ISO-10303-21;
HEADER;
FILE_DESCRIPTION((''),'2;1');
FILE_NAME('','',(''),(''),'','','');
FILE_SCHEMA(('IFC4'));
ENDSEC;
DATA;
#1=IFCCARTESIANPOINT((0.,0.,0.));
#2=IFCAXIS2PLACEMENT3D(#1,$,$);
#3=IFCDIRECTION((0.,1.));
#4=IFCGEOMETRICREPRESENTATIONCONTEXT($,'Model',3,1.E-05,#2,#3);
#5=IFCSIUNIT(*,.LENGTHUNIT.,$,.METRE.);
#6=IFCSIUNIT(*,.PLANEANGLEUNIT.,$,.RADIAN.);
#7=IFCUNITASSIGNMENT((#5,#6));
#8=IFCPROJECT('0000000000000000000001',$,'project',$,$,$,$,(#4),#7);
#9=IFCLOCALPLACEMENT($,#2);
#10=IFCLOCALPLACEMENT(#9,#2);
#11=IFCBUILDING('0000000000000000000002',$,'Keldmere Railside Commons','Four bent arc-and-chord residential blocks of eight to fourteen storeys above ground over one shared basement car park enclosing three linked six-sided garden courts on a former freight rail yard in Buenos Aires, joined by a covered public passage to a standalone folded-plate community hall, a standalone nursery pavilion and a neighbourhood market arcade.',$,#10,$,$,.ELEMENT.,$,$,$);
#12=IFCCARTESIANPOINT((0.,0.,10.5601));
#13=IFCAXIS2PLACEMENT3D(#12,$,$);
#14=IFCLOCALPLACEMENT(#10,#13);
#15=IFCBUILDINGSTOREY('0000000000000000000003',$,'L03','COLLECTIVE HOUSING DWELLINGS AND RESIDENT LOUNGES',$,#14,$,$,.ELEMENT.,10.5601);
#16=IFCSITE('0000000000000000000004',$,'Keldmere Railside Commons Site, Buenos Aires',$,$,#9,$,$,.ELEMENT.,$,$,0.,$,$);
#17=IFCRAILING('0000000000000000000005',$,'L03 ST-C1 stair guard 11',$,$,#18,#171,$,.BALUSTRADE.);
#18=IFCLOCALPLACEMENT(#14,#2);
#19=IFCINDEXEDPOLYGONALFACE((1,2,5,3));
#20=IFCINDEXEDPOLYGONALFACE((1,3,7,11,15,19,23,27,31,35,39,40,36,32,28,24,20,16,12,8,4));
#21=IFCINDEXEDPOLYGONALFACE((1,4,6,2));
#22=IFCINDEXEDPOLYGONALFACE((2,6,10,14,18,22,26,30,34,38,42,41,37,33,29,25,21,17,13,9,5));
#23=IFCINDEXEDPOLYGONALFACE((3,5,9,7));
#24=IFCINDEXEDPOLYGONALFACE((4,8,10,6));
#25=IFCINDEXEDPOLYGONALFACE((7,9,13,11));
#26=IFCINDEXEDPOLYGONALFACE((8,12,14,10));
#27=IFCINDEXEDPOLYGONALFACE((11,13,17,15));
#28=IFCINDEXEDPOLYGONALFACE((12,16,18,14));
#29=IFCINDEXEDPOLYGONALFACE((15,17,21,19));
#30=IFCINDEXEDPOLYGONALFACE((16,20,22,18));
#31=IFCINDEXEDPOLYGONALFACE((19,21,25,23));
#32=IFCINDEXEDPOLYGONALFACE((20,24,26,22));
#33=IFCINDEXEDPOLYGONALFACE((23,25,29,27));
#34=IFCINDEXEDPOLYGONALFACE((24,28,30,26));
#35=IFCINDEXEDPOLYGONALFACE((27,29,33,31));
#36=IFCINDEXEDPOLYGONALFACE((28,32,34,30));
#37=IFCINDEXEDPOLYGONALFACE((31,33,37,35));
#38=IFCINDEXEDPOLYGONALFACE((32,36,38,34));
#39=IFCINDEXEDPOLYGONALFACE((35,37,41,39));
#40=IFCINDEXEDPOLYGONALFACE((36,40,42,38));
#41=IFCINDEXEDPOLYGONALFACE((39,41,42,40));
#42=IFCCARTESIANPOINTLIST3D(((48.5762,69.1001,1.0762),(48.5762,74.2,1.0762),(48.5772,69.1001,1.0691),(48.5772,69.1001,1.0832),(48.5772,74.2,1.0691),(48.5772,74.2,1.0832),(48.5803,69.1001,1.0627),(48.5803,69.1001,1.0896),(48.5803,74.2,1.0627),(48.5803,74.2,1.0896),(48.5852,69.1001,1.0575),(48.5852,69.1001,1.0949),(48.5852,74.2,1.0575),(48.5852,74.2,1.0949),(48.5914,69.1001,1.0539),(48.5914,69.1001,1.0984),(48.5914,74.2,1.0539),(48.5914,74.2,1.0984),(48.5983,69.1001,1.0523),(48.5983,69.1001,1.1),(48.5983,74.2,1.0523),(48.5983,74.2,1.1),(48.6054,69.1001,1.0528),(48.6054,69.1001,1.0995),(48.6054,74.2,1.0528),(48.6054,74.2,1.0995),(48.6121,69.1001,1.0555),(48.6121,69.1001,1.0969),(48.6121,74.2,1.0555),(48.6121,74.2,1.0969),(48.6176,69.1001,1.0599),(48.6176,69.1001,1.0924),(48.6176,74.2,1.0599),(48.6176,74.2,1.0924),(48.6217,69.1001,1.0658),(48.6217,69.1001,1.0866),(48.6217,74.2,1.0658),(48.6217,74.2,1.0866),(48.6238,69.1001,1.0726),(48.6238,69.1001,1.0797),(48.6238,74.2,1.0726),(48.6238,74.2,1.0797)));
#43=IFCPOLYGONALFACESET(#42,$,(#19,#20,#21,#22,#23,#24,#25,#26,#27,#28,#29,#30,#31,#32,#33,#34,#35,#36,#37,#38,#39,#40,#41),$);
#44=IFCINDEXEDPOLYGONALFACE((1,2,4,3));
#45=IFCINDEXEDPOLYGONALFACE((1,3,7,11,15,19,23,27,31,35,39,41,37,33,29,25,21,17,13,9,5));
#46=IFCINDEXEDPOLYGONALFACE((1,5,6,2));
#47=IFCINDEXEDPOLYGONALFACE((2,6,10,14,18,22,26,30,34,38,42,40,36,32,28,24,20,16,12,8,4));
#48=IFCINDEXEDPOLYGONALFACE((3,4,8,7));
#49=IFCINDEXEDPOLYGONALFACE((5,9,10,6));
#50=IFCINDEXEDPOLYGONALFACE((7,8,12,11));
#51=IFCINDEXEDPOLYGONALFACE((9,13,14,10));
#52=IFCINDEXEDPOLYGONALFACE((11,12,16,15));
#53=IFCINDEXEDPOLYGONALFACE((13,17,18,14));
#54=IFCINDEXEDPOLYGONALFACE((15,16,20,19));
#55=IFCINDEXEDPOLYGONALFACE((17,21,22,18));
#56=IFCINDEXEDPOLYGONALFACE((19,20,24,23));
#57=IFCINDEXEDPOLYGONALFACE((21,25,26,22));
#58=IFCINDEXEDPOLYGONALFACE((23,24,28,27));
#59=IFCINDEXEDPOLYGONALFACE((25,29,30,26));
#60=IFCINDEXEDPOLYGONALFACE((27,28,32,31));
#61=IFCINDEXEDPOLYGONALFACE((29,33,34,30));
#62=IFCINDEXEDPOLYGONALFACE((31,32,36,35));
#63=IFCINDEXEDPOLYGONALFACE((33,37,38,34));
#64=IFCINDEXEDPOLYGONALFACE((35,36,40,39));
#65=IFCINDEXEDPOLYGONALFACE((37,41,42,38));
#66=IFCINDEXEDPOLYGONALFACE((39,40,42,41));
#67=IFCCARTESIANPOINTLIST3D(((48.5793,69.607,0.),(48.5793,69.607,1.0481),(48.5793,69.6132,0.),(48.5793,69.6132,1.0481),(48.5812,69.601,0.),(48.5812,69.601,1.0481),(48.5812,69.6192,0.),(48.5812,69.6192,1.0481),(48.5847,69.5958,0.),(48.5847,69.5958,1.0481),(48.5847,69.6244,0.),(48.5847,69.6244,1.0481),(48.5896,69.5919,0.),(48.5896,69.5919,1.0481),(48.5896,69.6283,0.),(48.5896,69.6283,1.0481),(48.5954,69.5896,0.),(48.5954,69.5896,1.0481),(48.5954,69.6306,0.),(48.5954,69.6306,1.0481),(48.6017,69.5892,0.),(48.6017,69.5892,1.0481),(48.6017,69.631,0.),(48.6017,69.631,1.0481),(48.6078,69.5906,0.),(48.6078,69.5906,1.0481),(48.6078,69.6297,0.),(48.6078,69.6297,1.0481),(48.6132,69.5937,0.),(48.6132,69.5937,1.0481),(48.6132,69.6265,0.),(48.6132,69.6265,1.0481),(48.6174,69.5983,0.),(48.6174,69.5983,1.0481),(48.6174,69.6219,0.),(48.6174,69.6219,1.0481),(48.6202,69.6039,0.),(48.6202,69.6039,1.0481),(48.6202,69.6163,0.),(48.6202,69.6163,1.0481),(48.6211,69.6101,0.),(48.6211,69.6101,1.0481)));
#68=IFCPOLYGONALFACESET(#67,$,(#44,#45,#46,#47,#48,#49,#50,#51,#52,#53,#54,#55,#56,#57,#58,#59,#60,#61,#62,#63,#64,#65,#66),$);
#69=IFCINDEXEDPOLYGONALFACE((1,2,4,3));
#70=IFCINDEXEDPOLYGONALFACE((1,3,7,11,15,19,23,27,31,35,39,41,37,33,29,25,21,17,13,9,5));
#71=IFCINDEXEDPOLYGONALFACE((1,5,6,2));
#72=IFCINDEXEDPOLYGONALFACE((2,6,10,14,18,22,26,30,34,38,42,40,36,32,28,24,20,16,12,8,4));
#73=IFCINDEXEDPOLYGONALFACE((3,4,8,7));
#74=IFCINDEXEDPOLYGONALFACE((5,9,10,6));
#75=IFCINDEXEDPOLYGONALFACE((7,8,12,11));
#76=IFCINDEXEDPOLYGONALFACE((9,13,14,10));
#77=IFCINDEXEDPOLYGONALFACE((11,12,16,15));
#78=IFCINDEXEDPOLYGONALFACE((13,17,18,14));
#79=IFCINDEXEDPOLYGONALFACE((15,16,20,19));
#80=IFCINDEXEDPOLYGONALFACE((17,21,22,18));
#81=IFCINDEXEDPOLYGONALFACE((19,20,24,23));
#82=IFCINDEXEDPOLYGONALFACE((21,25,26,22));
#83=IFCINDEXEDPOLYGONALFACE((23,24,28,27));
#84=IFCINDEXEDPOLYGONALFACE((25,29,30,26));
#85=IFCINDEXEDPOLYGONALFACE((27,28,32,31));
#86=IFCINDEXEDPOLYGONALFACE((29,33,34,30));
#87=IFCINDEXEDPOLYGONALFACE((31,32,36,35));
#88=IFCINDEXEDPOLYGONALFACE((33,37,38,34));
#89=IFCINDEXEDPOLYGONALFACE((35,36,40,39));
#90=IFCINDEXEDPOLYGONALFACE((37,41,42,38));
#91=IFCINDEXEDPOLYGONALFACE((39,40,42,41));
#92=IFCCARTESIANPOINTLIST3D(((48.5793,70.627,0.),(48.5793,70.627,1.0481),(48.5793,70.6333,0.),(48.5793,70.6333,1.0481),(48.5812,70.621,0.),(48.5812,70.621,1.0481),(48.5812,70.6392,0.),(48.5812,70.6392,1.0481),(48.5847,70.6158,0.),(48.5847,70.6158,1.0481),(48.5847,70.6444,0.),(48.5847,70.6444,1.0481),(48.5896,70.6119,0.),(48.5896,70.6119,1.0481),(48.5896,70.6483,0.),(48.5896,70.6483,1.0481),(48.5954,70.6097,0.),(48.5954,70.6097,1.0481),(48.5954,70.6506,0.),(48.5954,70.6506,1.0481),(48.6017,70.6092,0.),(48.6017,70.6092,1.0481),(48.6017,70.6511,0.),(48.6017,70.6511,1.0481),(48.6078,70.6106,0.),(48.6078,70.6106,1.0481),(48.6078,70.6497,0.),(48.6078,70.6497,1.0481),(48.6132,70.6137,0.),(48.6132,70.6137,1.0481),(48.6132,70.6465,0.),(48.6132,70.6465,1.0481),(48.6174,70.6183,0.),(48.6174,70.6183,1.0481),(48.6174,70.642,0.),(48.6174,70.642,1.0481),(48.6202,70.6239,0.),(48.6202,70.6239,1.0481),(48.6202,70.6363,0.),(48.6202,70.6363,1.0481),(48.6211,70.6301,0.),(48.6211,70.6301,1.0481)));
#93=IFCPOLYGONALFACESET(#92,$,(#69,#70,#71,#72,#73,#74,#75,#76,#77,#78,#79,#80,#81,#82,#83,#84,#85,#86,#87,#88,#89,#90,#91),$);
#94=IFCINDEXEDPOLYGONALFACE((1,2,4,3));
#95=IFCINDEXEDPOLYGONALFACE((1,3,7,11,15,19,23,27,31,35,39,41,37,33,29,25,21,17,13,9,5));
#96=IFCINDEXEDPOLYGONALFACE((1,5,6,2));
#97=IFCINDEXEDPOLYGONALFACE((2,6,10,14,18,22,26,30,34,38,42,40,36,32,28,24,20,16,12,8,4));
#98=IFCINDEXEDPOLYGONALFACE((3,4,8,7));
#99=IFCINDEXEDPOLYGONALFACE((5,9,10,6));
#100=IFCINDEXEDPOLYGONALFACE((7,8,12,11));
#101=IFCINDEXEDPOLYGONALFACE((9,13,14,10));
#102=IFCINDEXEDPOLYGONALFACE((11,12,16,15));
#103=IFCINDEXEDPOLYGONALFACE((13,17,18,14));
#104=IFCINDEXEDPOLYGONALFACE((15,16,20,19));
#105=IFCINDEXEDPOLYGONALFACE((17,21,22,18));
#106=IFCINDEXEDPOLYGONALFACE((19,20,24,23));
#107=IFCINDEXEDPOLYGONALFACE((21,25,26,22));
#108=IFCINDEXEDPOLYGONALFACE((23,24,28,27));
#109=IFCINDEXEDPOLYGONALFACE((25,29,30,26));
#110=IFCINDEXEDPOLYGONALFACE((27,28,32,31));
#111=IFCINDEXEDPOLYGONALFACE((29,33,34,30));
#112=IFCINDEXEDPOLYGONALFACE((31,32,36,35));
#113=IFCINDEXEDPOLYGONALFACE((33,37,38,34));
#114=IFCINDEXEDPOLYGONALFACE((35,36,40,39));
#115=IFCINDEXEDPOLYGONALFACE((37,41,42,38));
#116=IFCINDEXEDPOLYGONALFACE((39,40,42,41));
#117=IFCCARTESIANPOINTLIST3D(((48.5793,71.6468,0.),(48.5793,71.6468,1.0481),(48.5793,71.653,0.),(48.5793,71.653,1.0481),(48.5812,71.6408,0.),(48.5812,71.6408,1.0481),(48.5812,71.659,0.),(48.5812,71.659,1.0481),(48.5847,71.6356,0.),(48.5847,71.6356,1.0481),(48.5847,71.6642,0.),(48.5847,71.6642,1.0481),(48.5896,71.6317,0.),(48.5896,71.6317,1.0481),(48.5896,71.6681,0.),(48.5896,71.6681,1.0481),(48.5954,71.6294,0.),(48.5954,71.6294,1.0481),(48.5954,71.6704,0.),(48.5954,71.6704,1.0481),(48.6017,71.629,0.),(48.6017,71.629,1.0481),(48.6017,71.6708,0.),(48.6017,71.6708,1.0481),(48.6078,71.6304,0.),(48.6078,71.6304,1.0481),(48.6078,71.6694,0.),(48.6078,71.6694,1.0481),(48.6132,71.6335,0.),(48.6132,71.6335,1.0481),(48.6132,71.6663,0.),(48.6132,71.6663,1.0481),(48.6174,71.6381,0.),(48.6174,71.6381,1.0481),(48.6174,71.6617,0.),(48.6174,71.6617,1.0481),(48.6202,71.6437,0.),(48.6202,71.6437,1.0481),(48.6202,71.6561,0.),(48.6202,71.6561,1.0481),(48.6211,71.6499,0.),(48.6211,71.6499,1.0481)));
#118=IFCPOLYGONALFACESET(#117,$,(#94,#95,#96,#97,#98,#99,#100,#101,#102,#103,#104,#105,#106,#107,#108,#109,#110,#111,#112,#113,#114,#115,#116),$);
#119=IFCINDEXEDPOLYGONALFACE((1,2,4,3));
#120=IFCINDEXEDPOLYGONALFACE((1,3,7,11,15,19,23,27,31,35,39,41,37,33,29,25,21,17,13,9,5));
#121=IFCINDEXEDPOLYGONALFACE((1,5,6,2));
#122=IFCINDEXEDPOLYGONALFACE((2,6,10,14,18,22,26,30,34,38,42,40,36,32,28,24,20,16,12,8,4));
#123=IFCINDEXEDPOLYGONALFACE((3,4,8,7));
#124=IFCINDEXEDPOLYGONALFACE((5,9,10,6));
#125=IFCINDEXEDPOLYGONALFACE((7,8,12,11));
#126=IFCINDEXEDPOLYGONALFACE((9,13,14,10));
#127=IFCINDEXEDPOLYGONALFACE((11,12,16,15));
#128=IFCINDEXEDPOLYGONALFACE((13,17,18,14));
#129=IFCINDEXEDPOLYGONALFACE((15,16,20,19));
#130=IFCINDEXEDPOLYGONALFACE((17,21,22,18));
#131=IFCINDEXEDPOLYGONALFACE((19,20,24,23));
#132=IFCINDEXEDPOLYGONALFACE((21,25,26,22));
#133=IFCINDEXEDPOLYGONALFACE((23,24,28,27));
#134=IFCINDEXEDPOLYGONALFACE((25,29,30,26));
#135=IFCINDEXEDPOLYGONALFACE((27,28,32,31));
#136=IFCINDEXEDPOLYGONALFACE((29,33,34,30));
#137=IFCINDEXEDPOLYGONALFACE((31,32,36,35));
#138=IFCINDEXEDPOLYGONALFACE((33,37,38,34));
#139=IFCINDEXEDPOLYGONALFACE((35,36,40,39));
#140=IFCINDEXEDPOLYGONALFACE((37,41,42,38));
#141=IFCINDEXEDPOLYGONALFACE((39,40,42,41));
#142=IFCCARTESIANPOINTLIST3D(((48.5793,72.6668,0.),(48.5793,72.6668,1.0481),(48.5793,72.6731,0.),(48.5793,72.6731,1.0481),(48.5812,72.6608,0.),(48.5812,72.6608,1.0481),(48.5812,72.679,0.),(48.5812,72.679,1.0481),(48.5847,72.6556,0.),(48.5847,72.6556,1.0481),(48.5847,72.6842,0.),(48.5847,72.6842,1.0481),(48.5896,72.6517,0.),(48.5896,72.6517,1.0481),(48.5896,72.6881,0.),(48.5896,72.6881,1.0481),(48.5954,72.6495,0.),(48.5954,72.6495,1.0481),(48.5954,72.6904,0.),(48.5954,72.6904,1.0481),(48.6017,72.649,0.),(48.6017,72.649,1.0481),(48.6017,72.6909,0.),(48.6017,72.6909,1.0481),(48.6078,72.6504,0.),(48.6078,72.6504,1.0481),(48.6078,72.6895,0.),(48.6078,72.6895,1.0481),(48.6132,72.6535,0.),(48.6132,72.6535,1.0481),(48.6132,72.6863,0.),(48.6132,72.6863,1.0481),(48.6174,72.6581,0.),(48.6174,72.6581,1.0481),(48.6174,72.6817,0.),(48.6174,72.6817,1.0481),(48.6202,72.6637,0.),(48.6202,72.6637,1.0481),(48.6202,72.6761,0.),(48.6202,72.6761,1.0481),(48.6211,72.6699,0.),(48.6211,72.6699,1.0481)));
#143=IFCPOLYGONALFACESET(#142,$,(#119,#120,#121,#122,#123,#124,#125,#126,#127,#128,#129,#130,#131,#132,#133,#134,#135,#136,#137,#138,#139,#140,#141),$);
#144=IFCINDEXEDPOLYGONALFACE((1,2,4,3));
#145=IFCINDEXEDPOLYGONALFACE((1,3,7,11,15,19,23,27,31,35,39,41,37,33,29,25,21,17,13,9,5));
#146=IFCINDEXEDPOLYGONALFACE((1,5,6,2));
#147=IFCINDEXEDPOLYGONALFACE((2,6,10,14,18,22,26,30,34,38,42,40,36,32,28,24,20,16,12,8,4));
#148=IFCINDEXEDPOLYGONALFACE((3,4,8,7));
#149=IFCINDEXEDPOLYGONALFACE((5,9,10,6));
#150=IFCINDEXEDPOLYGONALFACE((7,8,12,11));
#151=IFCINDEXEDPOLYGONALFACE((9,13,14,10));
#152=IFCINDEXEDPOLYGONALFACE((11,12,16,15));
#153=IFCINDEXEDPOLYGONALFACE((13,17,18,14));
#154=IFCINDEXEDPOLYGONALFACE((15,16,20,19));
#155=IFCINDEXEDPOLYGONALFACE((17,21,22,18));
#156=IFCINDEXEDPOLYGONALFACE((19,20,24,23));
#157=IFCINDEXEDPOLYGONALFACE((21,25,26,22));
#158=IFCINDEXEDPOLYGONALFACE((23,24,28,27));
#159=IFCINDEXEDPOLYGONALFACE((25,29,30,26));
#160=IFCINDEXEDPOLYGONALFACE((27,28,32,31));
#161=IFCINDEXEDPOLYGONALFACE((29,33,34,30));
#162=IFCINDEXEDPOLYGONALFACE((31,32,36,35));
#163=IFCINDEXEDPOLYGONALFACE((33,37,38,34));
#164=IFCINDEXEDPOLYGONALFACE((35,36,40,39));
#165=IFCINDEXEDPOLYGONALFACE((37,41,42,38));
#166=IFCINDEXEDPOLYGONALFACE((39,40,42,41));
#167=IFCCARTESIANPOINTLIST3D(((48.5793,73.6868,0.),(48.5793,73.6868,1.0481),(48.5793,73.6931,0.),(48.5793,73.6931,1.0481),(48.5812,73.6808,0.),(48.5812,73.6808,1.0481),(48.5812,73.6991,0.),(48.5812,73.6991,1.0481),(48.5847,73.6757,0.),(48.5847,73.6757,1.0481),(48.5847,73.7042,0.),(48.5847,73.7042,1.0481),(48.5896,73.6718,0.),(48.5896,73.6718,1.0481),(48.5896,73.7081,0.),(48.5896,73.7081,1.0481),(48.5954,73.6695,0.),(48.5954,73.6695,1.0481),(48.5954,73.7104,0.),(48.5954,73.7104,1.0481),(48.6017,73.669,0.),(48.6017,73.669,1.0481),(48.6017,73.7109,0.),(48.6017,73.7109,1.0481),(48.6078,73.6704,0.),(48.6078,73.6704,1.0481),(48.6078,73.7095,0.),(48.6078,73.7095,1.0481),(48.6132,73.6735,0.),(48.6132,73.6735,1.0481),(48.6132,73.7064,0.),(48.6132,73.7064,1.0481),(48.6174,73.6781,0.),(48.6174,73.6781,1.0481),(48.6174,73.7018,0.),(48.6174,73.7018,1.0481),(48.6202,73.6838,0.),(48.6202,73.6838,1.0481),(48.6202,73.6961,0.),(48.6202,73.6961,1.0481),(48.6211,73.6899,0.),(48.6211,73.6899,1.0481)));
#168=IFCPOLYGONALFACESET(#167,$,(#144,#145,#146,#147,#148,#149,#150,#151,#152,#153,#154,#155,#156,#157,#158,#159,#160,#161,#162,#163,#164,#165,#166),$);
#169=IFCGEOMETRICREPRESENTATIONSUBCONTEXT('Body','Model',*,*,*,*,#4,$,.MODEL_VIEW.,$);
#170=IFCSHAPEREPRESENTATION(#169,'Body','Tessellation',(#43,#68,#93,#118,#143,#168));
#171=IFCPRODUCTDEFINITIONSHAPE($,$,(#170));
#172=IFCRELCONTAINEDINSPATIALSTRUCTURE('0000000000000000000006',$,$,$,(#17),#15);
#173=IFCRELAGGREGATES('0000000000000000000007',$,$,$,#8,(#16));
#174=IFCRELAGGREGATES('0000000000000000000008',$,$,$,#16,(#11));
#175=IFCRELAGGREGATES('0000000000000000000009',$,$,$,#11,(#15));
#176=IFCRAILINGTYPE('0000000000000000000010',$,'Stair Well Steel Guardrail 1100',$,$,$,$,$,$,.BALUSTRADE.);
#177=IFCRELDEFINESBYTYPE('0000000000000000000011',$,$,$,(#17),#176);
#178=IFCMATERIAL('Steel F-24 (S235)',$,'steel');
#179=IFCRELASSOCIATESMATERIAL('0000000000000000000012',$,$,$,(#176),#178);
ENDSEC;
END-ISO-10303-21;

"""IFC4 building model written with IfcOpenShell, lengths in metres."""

from ifc_helpers import new_model, si_unit, direction, frame, origin, origin_2d, place, context, subcontext, project, spatial, circle, extrude, material, type_object, element, save


model = new_model("IFC4")

# Units and contexts
model_context = context("Model", 3, precision=1e-05, world=origin(), true_north=direction((0.0, 1.0)))
body_context = subcontext(model_context, "Body", "Model", "MODEL_VIEW")
ifc_project = project(units=[si_unit("LENGTHUNIT", "METRE"), si_unit("PLANEANGLEUNIT", "RADIAN")], contexts=[model_context])

# Site, building, storey
site_placement = place(None, origin())
site = spatial("IfcSite", under=ifc_project, at=site_placement, Name="Keldmere Railside Commons Site, Buenos Aires", CompositionType="ELEMENT", RefElevation=0.0)
building_placement = place(site_placement, origin())
building = spatial("IfcBuilding", under=site, at=building_placement, Name="Keldmere Railside Commons", Description="Four bent arc-and-chord residential blocks of eight to fourteen storeys above ground over one shared basement car park enclosing three linked six-sided garden courts on a former freight rail yard in Buenos Aires, joined by a covered public passage to a standalone folded-plate community hall, a standalone nursery pavilion and a neighbourhood market arcade.", CompositionType="ELEMENT")
storey_placement = place(building_placement, frame((0.0, 0.0, 10.5601)))
storey = spatial("IfcBuildingStorey", under=building, at=storey_placement, Name="L03", Description="COLLECTIVE HOUSING DWELLINGS AND RESIDENT LOUNGES", CompositionType="ELEMENT", Elevation=10.5601)

# Railing
ifc_material_1 = material(Name="Steel F-24 (S235)", Category="steel")
railing_type_1 = type_object("IfcRailingType", Name="Stair Well Steel Guardrail 1100", PredefinedType="BALUSTRADE", material=ifc_material_1)
for number, where, name in (
    (1, (48.6001, 69.1001, 0.0), "L03 ST-C1 stair guard 11"),
):
    element("IfcRailing", number, at=place(storey_placement, frame(where)), inside=storey, type_object=railing_type_1, Name=name, PredefinedType="BALUSTRADE", context=body_context, shape_type="SweptSolid", body=[
        extrude(circle(Radius=0.0239, at=origin_2d()), frame((0.0, 0.0, 1.0762), z_axis=(0.0, 1.0, 0.0), x_axis=(-1.0, 0.0, 0.0)), (0.0, 0.0, 1.0), 5.0999),
        extrude(circle(Radius=0.021, at=origin_2d()), frame((0.0, 0.51, 0.0)), (0.0, 0.0, 1.0), 1.0481),
        extrude(circle(Radius=0.021, at=origin_2d()), frame((0.0, 1.53, 0.0)), (0.0, 0.0, 1.0), 1.0481),
        extrude(circle(Radius=0.021, at=origin_2d()), frame((0.0, 2.5498, 0.0)), (0.0, 0.0, 1.0), 1.0481),
        extrude(circle(Radius=0.021, at=origin_2d()), frame((0.0, 3.5698, 0.0)), (0.0, 0.0, 1.0), 1.0481),
        extrude(circle(Radius=0.021, at=origin_2d()), frame((0.0, 4.5898, 0.0)), (0.0, 0.0, 1.0), 1.0481),
    ])

save(model, "model.ifc")
